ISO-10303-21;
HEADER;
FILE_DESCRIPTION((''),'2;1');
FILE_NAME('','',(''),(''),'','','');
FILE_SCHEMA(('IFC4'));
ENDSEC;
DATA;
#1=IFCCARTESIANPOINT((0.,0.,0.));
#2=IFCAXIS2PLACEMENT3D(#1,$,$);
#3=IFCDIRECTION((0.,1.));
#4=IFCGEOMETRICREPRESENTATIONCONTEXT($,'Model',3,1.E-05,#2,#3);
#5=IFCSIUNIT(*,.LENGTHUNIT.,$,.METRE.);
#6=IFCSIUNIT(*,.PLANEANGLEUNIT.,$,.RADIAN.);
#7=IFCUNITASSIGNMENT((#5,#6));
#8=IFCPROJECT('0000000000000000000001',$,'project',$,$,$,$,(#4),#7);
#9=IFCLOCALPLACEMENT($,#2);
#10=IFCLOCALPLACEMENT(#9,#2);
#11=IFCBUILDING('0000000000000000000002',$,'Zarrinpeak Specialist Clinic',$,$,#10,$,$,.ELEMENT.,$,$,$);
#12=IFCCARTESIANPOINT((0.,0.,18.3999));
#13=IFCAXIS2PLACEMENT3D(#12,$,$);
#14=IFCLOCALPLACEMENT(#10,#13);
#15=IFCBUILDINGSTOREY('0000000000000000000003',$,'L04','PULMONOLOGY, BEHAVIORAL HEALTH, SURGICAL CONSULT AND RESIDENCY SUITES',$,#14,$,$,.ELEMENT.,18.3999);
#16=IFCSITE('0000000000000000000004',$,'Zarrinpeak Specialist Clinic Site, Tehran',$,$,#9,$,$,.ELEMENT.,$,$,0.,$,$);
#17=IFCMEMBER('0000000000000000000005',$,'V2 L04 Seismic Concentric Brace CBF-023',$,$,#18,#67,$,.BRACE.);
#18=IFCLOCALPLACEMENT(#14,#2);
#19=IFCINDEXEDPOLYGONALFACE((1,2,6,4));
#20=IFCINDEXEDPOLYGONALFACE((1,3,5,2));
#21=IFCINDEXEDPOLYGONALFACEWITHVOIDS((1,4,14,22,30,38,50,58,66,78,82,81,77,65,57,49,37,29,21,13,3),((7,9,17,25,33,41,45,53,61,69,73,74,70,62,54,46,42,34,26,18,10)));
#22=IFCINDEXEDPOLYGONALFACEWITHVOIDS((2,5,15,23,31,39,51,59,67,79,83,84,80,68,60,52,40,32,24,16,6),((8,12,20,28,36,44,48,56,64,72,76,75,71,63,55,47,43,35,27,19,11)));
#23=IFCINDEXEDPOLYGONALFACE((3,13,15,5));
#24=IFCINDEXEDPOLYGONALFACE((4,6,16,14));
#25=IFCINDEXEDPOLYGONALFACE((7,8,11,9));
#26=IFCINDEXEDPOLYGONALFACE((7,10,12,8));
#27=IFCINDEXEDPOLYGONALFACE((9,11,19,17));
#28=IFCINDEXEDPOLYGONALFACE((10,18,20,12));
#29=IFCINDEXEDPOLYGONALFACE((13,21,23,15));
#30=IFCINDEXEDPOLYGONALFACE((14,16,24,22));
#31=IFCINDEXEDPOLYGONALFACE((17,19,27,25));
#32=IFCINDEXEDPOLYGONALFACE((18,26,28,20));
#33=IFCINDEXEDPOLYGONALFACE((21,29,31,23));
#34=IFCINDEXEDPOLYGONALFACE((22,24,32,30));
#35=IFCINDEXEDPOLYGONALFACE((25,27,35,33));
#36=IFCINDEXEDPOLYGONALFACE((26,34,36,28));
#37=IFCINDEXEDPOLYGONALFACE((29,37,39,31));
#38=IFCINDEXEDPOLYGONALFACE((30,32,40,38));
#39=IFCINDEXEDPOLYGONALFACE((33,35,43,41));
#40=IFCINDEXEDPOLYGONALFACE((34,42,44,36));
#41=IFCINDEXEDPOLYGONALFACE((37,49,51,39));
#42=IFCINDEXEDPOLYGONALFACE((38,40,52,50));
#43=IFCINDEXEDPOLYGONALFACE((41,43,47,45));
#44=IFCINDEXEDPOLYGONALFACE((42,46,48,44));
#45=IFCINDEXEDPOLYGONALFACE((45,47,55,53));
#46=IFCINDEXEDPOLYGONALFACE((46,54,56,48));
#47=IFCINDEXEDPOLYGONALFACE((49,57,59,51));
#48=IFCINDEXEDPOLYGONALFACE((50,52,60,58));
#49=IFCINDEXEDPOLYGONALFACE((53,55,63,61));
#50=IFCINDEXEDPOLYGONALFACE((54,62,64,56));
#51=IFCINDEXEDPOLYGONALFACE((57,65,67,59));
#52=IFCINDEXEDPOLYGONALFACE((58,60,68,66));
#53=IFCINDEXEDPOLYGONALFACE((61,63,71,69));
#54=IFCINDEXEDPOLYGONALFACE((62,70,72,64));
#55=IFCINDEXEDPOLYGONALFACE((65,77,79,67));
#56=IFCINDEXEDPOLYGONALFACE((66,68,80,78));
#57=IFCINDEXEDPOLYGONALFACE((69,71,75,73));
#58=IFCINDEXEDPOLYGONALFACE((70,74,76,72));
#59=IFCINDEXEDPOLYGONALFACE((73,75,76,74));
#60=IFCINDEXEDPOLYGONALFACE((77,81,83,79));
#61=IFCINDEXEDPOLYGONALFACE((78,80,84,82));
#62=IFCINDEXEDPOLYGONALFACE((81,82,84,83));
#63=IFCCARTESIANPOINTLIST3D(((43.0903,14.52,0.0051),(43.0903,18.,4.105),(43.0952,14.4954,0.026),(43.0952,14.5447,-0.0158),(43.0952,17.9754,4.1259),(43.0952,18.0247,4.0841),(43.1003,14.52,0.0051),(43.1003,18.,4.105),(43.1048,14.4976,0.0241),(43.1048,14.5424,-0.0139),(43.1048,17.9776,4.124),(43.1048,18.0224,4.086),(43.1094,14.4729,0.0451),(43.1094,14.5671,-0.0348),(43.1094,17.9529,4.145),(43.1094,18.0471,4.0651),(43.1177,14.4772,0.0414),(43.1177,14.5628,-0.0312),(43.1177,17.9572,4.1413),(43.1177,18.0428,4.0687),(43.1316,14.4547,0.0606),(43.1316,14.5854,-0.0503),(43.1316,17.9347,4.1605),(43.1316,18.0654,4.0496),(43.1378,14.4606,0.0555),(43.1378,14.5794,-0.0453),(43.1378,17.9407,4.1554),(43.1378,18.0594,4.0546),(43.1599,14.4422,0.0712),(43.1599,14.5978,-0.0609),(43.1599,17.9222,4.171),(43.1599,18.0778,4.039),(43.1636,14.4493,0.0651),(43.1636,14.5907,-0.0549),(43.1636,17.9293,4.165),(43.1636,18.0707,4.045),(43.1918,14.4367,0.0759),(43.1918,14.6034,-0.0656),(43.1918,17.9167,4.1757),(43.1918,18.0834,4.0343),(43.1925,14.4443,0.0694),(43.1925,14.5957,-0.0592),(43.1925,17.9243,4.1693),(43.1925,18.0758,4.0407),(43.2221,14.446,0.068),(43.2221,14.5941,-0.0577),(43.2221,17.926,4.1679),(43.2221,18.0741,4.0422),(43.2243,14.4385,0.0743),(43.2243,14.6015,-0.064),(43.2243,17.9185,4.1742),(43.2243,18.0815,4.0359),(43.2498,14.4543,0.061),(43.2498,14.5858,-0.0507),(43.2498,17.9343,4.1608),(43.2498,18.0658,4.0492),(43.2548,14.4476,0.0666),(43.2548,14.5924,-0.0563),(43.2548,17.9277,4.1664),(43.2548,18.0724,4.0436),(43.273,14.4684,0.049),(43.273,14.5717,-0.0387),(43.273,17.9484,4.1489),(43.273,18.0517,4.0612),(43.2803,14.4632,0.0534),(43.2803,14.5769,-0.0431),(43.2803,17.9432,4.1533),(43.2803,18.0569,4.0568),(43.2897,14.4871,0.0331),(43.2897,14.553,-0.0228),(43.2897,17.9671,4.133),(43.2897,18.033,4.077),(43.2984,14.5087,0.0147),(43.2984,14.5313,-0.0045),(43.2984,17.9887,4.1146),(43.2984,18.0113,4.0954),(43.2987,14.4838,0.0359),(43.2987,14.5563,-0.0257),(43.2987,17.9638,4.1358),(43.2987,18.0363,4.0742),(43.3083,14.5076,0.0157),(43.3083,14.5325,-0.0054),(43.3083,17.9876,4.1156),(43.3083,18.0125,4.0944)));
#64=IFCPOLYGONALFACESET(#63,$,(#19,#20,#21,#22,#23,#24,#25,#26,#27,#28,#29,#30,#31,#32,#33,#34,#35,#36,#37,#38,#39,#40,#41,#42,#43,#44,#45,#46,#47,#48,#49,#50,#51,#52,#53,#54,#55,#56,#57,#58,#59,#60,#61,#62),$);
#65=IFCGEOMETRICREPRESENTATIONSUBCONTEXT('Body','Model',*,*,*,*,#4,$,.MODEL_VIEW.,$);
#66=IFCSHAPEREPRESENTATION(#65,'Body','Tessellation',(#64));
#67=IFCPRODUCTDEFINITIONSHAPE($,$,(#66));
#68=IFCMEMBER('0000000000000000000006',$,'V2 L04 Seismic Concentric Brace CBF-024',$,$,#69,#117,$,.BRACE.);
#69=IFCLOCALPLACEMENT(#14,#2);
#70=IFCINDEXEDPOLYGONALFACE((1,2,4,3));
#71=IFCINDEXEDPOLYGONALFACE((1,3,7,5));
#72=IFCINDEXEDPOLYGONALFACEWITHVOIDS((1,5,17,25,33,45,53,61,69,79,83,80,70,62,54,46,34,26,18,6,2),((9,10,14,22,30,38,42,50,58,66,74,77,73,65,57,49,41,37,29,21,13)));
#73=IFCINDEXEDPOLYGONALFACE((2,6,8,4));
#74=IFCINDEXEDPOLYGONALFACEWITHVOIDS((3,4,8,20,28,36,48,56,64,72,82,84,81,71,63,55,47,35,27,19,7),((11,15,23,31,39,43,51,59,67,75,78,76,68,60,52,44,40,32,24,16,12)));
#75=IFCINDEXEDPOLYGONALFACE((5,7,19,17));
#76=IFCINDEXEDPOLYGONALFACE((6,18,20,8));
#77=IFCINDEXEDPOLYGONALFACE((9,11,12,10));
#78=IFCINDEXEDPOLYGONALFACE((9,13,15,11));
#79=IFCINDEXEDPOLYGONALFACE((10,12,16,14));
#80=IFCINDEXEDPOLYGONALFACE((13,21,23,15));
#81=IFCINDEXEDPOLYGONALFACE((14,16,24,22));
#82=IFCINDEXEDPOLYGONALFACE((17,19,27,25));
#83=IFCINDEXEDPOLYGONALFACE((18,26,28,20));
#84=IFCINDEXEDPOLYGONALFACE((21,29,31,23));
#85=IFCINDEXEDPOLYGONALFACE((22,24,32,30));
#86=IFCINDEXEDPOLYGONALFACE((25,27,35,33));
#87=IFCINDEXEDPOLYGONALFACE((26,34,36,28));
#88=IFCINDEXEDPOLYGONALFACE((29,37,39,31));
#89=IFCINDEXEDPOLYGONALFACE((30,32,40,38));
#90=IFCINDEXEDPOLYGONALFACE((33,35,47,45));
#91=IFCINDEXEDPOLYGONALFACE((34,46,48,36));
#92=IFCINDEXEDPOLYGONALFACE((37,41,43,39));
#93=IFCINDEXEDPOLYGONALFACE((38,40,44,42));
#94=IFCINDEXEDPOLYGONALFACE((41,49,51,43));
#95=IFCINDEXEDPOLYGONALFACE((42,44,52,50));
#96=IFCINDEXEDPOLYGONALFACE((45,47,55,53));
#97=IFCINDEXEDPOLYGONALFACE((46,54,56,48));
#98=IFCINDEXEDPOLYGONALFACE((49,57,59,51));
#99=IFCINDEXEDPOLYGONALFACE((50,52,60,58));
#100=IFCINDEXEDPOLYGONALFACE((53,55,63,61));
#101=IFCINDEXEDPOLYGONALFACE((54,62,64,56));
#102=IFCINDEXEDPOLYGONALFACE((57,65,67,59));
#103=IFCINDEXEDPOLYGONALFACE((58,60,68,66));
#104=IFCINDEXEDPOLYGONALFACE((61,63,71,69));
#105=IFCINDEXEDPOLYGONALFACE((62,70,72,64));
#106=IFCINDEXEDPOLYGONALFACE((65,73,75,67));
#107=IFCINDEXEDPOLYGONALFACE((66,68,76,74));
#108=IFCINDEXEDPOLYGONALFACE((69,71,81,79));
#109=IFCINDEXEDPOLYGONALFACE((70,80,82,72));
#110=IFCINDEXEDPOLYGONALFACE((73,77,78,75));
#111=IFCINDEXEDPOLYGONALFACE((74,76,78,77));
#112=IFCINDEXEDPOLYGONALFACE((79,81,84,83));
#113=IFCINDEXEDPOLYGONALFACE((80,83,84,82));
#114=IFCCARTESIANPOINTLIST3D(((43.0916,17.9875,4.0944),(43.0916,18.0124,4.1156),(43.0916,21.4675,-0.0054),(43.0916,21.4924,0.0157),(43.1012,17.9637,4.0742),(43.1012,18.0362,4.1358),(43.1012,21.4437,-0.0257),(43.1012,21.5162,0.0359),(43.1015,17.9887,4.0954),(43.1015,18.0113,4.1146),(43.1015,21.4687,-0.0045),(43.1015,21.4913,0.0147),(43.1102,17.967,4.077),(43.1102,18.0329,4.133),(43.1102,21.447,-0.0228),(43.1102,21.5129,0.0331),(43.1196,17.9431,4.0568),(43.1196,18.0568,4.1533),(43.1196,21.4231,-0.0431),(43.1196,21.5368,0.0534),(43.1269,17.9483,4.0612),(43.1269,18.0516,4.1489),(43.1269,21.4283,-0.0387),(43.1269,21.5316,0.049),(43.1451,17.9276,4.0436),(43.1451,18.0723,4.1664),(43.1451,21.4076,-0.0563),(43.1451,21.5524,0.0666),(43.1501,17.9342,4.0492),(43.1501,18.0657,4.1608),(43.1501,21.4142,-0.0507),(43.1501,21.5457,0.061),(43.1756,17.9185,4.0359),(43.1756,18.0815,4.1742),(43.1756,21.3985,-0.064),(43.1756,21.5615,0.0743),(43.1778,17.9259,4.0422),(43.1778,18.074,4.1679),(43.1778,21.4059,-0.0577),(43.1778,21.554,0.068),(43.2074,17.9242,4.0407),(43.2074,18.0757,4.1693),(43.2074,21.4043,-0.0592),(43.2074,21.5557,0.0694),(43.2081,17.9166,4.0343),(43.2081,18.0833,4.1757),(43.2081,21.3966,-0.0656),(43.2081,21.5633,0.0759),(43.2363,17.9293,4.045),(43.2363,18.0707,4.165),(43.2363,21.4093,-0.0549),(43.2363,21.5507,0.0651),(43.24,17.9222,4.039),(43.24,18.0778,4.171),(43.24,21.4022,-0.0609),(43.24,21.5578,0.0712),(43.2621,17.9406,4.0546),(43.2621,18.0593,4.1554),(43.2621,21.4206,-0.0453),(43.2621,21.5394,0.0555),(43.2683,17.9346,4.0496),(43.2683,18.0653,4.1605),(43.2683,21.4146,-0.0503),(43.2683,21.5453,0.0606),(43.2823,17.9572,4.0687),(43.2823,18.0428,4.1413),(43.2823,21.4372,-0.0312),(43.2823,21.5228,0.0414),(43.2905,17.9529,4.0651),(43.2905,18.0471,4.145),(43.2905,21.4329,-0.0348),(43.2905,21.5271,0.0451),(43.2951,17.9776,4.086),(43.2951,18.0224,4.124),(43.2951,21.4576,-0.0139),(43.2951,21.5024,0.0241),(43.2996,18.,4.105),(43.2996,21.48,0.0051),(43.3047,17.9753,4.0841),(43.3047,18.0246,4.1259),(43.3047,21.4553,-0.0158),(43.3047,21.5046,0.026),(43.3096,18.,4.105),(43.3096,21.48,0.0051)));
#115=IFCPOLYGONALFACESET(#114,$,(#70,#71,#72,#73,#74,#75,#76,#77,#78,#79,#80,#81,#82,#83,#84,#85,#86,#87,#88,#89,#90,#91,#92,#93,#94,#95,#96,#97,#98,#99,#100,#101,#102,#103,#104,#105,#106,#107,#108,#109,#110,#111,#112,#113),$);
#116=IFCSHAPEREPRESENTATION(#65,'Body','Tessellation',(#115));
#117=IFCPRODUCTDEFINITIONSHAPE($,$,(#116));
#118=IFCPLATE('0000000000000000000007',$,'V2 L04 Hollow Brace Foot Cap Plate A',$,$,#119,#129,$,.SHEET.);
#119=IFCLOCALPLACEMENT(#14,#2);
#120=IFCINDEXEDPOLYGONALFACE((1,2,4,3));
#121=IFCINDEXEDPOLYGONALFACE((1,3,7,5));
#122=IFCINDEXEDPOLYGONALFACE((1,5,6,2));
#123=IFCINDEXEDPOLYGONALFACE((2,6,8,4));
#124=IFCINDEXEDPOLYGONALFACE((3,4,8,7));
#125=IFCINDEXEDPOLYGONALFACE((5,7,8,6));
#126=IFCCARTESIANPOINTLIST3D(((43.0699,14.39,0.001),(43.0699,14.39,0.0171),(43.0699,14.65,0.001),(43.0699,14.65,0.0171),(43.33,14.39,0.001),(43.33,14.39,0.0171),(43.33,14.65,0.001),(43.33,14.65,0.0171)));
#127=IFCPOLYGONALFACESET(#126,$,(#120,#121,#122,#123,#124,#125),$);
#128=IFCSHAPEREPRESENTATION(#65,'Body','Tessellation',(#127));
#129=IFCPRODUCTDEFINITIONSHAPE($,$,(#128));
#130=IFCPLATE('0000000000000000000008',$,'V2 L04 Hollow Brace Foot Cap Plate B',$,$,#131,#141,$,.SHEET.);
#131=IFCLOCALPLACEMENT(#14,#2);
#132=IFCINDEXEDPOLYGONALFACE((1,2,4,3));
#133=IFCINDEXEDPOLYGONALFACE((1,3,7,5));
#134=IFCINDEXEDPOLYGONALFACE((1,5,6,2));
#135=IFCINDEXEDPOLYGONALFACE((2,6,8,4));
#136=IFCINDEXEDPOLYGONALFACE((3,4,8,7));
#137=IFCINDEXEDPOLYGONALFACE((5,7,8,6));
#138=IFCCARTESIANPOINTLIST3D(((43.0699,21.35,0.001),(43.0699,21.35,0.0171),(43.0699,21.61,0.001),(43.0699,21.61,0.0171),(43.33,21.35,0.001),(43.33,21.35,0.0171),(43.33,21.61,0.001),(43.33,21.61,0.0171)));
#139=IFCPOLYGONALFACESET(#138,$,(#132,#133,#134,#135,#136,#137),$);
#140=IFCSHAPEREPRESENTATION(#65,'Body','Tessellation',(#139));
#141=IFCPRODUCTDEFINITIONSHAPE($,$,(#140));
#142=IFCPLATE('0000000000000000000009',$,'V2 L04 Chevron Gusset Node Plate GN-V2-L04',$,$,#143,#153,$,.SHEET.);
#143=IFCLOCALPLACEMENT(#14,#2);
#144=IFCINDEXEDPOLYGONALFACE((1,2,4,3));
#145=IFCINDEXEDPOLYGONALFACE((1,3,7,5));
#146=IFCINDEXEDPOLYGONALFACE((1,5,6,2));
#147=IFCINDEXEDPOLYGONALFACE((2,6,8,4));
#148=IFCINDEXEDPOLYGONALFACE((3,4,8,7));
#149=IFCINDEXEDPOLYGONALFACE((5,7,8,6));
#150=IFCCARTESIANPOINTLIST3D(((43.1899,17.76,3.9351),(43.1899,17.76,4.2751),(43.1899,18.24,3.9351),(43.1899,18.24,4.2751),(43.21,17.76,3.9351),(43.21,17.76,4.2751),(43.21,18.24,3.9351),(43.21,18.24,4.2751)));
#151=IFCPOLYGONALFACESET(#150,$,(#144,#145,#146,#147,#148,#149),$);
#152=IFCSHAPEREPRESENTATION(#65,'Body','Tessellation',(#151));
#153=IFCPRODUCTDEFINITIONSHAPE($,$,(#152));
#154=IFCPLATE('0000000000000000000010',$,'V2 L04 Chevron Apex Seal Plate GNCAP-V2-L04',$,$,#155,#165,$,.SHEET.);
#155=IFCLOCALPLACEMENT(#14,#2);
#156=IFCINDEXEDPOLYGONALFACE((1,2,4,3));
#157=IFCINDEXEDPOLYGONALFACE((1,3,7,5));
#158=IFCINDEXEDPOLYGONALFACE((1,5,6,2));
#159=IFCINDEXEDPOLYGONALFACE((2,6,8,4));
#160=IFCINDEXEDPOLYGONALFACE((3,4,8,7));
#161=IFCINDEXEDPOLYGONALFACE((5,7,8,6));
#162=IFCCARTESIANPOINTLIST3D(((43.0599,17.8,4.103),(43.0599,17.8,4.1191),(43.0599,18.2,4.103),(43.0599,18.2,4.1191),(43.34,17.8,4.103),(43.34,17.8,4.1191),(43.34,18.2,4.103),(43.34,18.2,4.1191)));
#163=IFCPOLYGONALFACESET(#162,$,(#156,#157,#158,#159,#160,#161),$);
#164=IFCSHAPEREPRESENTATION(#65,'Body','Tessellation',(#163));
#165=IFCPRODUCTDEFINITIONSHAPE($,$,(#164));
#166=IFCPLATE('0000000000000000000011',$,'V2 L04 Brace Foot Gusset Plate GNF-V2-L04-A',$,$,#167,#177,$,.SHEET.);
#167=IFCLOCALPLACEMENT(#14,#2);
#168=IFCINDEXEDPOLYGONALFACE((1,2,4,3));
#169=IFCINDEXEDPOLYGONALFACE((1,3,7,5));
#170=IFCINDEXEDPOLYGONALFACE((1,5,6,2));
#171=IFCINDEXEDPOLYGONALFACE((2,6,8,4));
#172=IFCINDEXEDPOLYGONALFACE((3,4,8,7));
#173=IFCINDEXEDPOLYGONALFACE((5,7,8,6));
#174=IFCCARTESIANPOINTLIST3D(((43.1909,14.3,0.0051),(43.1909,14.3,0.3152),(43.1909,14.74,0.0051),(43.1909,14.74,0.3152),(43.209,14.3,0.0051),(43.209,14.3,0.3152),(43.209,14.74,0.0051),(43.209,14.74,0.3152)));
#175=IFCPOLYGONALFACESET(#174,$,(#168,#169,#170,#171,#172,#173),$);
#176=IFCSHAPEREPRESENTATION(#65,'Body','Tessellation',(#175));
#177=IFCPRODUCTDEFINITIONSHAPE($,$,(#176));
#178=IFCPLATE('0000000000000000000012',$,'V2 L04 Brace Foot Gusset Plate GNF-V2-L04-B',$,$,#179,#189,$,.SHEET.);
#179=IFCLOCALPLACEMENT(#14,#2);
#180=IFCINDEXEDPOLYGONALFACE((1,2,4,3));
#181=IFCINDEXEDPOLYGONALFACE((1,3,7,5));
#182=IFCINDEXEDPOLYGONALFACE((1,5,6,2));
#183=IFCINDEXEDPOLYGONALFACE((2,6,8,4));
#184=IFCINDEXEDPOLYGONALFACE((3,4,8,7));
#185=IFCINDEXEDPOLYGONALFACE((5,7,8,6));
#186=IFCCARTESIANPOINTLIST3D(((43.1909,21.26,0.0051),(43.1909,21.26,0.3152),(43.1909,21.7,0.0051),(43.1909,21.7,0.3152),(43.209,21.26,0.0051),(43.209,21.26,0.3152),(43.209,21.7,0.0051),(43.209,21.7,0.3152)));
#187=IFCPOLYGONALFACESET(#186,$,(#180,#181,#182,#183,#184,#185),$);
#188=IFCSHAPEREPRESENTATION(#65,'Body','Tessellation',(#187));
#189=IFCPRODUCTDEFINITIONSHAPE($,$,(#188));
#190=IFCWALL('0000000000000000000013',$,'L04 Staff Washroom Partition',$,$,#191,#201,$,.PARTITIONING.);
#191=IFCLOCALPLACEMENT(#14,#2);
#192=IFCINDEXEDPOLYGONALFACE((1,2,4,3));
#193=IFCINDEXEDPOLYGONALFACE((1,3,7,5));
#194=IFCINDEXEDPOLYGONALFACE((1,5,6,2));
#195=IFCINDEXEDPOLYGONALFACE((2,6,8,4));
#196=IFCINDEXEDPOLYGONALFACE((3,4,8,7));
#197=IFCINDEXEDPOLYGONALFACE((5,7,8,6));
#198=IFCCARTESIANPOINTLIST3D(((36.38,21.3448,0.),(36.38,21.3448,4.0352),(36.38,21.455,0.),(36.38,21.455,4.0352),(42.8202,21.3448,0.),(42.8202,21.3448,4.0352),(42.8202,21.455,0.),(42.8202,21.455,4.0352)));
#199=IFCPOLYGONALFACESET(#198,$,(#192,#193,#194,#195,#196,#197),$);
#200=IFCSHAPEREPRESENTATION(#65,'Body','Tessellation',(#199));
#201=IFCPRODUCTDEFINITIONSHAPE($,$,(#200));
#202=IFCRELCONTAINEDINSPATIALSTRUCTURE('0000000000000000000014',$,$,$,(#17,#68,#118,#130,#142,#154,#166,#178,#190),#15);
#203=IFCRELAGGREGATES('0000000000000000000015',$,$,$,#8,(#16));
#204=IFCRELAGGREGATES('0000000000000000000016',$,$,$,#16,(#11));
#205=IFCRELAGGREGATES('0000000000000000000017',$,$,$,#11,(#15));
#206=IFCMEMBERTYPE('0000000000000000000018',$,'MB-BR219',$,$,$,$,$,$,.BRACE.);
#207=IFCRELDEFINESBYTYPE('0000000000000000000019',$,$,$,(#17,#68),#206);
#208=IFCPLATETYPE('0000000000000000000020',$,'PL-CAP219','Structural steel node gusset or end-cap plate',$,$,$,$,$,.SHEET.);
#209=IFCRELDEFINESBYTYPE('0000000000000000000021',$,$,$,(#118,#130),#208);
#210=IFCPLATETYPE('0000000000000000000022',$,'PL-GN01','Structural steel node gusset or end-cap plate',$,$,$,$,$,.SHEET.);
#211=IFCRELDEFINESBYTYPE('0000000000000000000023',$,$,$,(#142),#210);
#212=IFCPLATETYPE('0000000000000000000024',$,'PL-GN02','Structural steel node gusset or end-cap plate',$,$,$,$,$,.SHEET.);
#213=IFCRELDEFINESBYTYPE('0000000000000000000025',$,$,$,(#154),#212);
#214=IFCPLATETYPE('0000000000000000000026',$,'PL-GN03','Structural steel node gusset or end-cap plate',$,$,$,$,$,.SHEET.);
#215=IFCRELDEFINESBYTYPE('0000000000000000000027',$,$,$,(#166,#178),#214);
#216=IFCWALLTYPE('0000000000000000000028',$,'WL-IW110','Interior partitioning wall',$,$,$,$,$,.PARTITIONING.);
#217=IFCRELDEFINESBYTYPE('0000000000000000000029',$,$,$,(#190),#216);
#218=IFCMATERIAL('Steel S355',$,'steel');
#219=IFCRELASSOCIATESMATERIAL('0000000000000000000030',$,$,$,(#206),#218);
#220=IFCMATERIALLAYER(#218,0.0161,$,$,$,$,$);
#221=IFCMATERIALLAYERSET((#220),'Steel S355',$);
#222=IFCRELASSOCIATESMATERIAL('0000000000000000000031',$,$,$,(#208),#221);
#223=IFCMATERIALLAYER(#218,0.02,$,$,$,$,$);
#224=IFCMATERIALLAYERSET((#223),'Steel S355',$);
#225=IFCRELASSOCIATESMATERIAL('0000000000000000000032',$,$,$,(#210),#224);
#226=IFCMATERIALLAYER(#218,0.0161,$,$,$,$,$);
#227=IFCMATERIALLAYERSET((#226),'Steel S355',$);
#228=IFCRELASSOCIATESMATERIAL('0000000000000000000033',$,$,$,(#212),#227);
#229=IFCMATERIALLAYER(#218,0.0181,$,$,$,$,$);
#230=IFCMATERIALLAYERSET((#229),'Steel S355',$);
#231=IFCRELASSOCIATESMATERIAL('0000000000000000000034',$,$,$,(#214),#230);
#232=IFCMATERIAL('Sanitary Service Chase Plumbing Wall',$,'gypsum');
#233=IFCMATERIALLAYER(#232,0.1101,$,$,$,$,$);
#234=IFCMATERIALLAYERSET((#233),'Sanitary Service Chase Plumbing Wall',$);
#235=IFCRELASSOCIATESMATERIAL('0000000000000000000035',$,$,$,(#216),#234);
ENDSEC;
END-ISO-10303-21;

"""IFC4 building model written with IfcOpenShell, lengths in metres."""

from ifc_helpers import new_model, si_unit, direction, frame, frame_2d, origin, origin_2d, place, context, subcontext, project, spatial, rectangle, hollow_circle, extrude, material, layer, layer_set, material_profile, profile_set, type_object, element, save


model = new_model("IFC4")

# Units and contexts
model_context = context("Model", 3, precision=1e-05, world=origin(), true_north=direction((0.0, 1.0)))
body_context = subcontext(model_context, "Body", "Model", "MODEL_VIEW")
ifc_project = project(units=[si_unit("LENGTHUNIT", "METRE"), si_unit("PLANEANGLEUNIT", "RADIAN")], contexts=[model_context])

# Site, building, storey
site_placement = place(None, origin())
site = spatial("IfcSite", under=ifc_project, at=site_placement, Name="Zarrinpeak Specialist Clinic Site, Tehran", CompositionType="ELEMENT", RefElevation=0.0)
building_placement = place(site_placement, origin())
building = spatial("IfcBuilding", under=site, at=building_placement, Name="Zarrinpeak Specialist Clinic", CompositionType="ELEMENT")
storey_placement = place(building_placement, frame((0.0, 0.0, 18.3999)))
storey = spatial("IfcBuildingStorey", under=building, at=storey_placement, Name="L04", Description="PULMONOLOGY, BEHAVIORAL HEALTH, SURGICAL CONSULT AND RESIDENCY SUITES", CompositionType="ELEMENT", Elevation=18.3999)

# Shared definitions
ifc_material_1 = material(Name="Steel S355", Category="steel")

# Members
ifc_material_profile_1 = material_profile(ifc_material_1, hollow_circle(Radius=0.1096, WallThickness=0.01, at=origin_2d()), Name="CHS 219.1x10.0")
ifc_profile_set_1 = profile_set([ifc_material_profile_1], Name="Steel S355")
member_type = type_object("IfcMemberType", Name="MB-BR219", PredefinedType="BRACE", material=ifc_profile_set_1)
for number, where, z_axis, x_axis, name in (
    (1, (43.2, 14.52, 0.0051), (0.0, 0.64712, 0.762388), (-1.0, 0.0, 0.0), "V2 L04 Seismic Concentric Brace CBF-023"),
    (2, (43.2, 21.48, 0.0051), (0.0, -0.64712, 0.762388), (1.0, 0.0, 0.0), "V2 L04 Seismic Concentric Brace CBF-024"),
):
    element("IfcMember", number, at=place(storey_placement, frame(where, z_axis=z_axis, x_axis=x_axis)), inside=storey, type_object=member_type, Name=name, PredefinedType="BRACE", context=body_context, shape_type="SweptSolid", body=[
        extrude(hollow_circle(Radius=0.1096, WallThickness=0.01, at=origin_2d()), origin(), (0.0, 0.0, 1.0), 5.3777),
    ])

# Plates
ifc_layer_1 = layer(ifc_material_1, 0.0161)
ifc_layer_set_1 = layer_set([ifc_layer_1], Name="Steel S355")
plate_type_1 = type_object("IfcPlateType", Name="PL-CAP219", Description="Structural steel node gusset or end-cap plate", PredefinedType="SHEET", material=ifc_layer_set_1)
for number, where, z_axis, x_axis, name in (
    (3, (43.2, 14.52, 0.001), (0.0, 0.0, 1.0), (1.0, 0.0, 0.0), "V2 L04 Hollow Brace Foot Cap Plate A"),
    (4, (43.2, 21.48, 0.001), (0.0, 0.0, 1.0), (1.0, 0.0, 0.0), "V2 L04 Hollow Brace Foot Cap Plate B"),
):
    element("IfcPlate", number, at=place(storey_placement, frame(where, z_axis=z_axis, x_axis=x_axis)), inside=storey, type_object=plate_type_1, Name=name, PredefinedType="SHEET", context=body_context, shape_type="SweptSolid", body=[
        extrude(rectangle(XDim=0.26, YDim=0.26, at=origin_2d()), origin(), (0.0, 0.0, 1.0), 0.0161),
    ])
ifc_layer_2 = layer(ifc_material_1, 0.02)
ifc_layer_set_2 = layer_set([ifc_layer_2], Name="Steel S355")
plate_type_2 = type_object("IfcPlateType", Name="PL-GN01", Description="Structural steel node gusset or end-cap plate", PredefinedType="SHEET", material=ifc_layer_set_2)
plate_1_placement = place(storey_placement, frame((43.2, 18.0, 3.9351), z_axis=(0.0, 0.0, 1.0), x_axis=(1.0, 0.0, 0.0)))
element("IfcPlate", 5, at=plate_1_placement, inside=storey, type_object=plate_type_2, Name="V2 L04 Chevron Gusset Node Plate GN-V2-L04", PredefinedType="SHEET", context=body_context, shape_type="SweptSolid", body=[
    extrude(rectangle(XDim=0.02, YDim=0.48, at=origin_2d()), origin(), (0.0, 0.0, 1.0), 0.3401),
])
ifc_layer_3 = layer(ifc_material_1, 0.0161)
ifc_layer_set_3 = layer_set([ifc_layer_3], Name="Steel S355")
plate_type_3 = type_object("IfcPlateType", Name="PL-GN02", Description="Structural steel node gusset or end-cap plate", PredefinedType="SHEET", material=ifc_layer_set_3)
plate_2_placement = place(storey_placement, frame((43.2, 18.0, 4.103), z_axis=(0.0, 0.0, 1.0), x_axis=(1.0, 0.0, 0.0)))
element("IfcPlate", 6, at=plate_2_placement, inside=storey, type_object=plate_type_3, Name="V2 L04 Chevron Apex Seal Plate GNCAP-V2-L04", PredefinedType="SHEET", context=body_context, shape_type="SweptSolid", body=[
    extrude(rectangle(XDim=0.28, YDim=0.3999, at=origin_2d()), origin(), (0.0, 0.0, 1.0), 0.0161),
])
ifc_layer_4 = layer(ifc_material_1, 0.0181)
ifc_layer_set_4 = layer_set([ifc_layer_4], Name="Steel S355")
plate_type_4 = type_object("IfcPlateType", Name="PL-GN03", Description="Structural steel node gusset or end-cap plate", PredefinedType="SHEET", material=ifc_layer_set_4)
for number, where, z_axis, x_axis, name in (
    (7, (43.2, 14.52, 0.0051), (0.0, 0.0, 1.0), (1.0, 0.0, 0.0), "V2 L04 Brace Foot Gusset Plate GNF-V2-L04-A"),
    (8, (43.2, 21.48, 0.0051), (0.0, 0.0, 1.0), (1.0, 0.0, 0.0), "V2 L04 Brace Foot Gusset Plate GNF-V2-L04-B"),
):
    element("IfcPlate", number, at=place(storey_placement, frame(where, z_axis=z_axis, x_axis=x_axis)), inside=storey, type_object=plate_type_4, Name=name, PredefinedType="SHEET", context=body_context, shape_type="SweptSolid", body=[
        extrude(rectangle(XDim=0.0181, YDim=0.4399, at=origin_2d()), origin(), (0.0, 0.0, 1.0), 0.3101),
    ])

# Wall
ifc_material_2 = material(Name="Sanitary Service Chase Plumbing Wall", Category="gypsum")
ifc_layer_5 = layer(ifc_material_2, 0.1101)
ifc_layer_set_5 = layer_set([ifc_layer_5], Name="Sanitary Service Chase Plumbing Wall")
wall_type_1 = type_object("IfcWallType", Name="WL-IW110", Description="Interior partitioning wall", PredefinedType="PARTITIONING", material=ifc_layer_set_5)
wall_1_placement = place(storey_placement, frame((36.3799, 21.3999, 0.0), z_axis=(0.0, 0.0, 1.0), x_axis=(1.0, 0.0, 0.0)))
element("IfcWall", 9, at=wall_1_placement, inside=storey, type_object=wall_type_1, Name="L04 Staff Washroom Partition", PredefinedType="PARTITIONING", context=body_context, shape_type="SweptSolid", body=[
    extrude(rectangle(XDim=6.4402, YDim=0.1101, at=frame_2d((3.2202, 0.0))), origin(), (0.0, 0.0, 1.0), 4.0352),
])

save(model, "model.ifc")
